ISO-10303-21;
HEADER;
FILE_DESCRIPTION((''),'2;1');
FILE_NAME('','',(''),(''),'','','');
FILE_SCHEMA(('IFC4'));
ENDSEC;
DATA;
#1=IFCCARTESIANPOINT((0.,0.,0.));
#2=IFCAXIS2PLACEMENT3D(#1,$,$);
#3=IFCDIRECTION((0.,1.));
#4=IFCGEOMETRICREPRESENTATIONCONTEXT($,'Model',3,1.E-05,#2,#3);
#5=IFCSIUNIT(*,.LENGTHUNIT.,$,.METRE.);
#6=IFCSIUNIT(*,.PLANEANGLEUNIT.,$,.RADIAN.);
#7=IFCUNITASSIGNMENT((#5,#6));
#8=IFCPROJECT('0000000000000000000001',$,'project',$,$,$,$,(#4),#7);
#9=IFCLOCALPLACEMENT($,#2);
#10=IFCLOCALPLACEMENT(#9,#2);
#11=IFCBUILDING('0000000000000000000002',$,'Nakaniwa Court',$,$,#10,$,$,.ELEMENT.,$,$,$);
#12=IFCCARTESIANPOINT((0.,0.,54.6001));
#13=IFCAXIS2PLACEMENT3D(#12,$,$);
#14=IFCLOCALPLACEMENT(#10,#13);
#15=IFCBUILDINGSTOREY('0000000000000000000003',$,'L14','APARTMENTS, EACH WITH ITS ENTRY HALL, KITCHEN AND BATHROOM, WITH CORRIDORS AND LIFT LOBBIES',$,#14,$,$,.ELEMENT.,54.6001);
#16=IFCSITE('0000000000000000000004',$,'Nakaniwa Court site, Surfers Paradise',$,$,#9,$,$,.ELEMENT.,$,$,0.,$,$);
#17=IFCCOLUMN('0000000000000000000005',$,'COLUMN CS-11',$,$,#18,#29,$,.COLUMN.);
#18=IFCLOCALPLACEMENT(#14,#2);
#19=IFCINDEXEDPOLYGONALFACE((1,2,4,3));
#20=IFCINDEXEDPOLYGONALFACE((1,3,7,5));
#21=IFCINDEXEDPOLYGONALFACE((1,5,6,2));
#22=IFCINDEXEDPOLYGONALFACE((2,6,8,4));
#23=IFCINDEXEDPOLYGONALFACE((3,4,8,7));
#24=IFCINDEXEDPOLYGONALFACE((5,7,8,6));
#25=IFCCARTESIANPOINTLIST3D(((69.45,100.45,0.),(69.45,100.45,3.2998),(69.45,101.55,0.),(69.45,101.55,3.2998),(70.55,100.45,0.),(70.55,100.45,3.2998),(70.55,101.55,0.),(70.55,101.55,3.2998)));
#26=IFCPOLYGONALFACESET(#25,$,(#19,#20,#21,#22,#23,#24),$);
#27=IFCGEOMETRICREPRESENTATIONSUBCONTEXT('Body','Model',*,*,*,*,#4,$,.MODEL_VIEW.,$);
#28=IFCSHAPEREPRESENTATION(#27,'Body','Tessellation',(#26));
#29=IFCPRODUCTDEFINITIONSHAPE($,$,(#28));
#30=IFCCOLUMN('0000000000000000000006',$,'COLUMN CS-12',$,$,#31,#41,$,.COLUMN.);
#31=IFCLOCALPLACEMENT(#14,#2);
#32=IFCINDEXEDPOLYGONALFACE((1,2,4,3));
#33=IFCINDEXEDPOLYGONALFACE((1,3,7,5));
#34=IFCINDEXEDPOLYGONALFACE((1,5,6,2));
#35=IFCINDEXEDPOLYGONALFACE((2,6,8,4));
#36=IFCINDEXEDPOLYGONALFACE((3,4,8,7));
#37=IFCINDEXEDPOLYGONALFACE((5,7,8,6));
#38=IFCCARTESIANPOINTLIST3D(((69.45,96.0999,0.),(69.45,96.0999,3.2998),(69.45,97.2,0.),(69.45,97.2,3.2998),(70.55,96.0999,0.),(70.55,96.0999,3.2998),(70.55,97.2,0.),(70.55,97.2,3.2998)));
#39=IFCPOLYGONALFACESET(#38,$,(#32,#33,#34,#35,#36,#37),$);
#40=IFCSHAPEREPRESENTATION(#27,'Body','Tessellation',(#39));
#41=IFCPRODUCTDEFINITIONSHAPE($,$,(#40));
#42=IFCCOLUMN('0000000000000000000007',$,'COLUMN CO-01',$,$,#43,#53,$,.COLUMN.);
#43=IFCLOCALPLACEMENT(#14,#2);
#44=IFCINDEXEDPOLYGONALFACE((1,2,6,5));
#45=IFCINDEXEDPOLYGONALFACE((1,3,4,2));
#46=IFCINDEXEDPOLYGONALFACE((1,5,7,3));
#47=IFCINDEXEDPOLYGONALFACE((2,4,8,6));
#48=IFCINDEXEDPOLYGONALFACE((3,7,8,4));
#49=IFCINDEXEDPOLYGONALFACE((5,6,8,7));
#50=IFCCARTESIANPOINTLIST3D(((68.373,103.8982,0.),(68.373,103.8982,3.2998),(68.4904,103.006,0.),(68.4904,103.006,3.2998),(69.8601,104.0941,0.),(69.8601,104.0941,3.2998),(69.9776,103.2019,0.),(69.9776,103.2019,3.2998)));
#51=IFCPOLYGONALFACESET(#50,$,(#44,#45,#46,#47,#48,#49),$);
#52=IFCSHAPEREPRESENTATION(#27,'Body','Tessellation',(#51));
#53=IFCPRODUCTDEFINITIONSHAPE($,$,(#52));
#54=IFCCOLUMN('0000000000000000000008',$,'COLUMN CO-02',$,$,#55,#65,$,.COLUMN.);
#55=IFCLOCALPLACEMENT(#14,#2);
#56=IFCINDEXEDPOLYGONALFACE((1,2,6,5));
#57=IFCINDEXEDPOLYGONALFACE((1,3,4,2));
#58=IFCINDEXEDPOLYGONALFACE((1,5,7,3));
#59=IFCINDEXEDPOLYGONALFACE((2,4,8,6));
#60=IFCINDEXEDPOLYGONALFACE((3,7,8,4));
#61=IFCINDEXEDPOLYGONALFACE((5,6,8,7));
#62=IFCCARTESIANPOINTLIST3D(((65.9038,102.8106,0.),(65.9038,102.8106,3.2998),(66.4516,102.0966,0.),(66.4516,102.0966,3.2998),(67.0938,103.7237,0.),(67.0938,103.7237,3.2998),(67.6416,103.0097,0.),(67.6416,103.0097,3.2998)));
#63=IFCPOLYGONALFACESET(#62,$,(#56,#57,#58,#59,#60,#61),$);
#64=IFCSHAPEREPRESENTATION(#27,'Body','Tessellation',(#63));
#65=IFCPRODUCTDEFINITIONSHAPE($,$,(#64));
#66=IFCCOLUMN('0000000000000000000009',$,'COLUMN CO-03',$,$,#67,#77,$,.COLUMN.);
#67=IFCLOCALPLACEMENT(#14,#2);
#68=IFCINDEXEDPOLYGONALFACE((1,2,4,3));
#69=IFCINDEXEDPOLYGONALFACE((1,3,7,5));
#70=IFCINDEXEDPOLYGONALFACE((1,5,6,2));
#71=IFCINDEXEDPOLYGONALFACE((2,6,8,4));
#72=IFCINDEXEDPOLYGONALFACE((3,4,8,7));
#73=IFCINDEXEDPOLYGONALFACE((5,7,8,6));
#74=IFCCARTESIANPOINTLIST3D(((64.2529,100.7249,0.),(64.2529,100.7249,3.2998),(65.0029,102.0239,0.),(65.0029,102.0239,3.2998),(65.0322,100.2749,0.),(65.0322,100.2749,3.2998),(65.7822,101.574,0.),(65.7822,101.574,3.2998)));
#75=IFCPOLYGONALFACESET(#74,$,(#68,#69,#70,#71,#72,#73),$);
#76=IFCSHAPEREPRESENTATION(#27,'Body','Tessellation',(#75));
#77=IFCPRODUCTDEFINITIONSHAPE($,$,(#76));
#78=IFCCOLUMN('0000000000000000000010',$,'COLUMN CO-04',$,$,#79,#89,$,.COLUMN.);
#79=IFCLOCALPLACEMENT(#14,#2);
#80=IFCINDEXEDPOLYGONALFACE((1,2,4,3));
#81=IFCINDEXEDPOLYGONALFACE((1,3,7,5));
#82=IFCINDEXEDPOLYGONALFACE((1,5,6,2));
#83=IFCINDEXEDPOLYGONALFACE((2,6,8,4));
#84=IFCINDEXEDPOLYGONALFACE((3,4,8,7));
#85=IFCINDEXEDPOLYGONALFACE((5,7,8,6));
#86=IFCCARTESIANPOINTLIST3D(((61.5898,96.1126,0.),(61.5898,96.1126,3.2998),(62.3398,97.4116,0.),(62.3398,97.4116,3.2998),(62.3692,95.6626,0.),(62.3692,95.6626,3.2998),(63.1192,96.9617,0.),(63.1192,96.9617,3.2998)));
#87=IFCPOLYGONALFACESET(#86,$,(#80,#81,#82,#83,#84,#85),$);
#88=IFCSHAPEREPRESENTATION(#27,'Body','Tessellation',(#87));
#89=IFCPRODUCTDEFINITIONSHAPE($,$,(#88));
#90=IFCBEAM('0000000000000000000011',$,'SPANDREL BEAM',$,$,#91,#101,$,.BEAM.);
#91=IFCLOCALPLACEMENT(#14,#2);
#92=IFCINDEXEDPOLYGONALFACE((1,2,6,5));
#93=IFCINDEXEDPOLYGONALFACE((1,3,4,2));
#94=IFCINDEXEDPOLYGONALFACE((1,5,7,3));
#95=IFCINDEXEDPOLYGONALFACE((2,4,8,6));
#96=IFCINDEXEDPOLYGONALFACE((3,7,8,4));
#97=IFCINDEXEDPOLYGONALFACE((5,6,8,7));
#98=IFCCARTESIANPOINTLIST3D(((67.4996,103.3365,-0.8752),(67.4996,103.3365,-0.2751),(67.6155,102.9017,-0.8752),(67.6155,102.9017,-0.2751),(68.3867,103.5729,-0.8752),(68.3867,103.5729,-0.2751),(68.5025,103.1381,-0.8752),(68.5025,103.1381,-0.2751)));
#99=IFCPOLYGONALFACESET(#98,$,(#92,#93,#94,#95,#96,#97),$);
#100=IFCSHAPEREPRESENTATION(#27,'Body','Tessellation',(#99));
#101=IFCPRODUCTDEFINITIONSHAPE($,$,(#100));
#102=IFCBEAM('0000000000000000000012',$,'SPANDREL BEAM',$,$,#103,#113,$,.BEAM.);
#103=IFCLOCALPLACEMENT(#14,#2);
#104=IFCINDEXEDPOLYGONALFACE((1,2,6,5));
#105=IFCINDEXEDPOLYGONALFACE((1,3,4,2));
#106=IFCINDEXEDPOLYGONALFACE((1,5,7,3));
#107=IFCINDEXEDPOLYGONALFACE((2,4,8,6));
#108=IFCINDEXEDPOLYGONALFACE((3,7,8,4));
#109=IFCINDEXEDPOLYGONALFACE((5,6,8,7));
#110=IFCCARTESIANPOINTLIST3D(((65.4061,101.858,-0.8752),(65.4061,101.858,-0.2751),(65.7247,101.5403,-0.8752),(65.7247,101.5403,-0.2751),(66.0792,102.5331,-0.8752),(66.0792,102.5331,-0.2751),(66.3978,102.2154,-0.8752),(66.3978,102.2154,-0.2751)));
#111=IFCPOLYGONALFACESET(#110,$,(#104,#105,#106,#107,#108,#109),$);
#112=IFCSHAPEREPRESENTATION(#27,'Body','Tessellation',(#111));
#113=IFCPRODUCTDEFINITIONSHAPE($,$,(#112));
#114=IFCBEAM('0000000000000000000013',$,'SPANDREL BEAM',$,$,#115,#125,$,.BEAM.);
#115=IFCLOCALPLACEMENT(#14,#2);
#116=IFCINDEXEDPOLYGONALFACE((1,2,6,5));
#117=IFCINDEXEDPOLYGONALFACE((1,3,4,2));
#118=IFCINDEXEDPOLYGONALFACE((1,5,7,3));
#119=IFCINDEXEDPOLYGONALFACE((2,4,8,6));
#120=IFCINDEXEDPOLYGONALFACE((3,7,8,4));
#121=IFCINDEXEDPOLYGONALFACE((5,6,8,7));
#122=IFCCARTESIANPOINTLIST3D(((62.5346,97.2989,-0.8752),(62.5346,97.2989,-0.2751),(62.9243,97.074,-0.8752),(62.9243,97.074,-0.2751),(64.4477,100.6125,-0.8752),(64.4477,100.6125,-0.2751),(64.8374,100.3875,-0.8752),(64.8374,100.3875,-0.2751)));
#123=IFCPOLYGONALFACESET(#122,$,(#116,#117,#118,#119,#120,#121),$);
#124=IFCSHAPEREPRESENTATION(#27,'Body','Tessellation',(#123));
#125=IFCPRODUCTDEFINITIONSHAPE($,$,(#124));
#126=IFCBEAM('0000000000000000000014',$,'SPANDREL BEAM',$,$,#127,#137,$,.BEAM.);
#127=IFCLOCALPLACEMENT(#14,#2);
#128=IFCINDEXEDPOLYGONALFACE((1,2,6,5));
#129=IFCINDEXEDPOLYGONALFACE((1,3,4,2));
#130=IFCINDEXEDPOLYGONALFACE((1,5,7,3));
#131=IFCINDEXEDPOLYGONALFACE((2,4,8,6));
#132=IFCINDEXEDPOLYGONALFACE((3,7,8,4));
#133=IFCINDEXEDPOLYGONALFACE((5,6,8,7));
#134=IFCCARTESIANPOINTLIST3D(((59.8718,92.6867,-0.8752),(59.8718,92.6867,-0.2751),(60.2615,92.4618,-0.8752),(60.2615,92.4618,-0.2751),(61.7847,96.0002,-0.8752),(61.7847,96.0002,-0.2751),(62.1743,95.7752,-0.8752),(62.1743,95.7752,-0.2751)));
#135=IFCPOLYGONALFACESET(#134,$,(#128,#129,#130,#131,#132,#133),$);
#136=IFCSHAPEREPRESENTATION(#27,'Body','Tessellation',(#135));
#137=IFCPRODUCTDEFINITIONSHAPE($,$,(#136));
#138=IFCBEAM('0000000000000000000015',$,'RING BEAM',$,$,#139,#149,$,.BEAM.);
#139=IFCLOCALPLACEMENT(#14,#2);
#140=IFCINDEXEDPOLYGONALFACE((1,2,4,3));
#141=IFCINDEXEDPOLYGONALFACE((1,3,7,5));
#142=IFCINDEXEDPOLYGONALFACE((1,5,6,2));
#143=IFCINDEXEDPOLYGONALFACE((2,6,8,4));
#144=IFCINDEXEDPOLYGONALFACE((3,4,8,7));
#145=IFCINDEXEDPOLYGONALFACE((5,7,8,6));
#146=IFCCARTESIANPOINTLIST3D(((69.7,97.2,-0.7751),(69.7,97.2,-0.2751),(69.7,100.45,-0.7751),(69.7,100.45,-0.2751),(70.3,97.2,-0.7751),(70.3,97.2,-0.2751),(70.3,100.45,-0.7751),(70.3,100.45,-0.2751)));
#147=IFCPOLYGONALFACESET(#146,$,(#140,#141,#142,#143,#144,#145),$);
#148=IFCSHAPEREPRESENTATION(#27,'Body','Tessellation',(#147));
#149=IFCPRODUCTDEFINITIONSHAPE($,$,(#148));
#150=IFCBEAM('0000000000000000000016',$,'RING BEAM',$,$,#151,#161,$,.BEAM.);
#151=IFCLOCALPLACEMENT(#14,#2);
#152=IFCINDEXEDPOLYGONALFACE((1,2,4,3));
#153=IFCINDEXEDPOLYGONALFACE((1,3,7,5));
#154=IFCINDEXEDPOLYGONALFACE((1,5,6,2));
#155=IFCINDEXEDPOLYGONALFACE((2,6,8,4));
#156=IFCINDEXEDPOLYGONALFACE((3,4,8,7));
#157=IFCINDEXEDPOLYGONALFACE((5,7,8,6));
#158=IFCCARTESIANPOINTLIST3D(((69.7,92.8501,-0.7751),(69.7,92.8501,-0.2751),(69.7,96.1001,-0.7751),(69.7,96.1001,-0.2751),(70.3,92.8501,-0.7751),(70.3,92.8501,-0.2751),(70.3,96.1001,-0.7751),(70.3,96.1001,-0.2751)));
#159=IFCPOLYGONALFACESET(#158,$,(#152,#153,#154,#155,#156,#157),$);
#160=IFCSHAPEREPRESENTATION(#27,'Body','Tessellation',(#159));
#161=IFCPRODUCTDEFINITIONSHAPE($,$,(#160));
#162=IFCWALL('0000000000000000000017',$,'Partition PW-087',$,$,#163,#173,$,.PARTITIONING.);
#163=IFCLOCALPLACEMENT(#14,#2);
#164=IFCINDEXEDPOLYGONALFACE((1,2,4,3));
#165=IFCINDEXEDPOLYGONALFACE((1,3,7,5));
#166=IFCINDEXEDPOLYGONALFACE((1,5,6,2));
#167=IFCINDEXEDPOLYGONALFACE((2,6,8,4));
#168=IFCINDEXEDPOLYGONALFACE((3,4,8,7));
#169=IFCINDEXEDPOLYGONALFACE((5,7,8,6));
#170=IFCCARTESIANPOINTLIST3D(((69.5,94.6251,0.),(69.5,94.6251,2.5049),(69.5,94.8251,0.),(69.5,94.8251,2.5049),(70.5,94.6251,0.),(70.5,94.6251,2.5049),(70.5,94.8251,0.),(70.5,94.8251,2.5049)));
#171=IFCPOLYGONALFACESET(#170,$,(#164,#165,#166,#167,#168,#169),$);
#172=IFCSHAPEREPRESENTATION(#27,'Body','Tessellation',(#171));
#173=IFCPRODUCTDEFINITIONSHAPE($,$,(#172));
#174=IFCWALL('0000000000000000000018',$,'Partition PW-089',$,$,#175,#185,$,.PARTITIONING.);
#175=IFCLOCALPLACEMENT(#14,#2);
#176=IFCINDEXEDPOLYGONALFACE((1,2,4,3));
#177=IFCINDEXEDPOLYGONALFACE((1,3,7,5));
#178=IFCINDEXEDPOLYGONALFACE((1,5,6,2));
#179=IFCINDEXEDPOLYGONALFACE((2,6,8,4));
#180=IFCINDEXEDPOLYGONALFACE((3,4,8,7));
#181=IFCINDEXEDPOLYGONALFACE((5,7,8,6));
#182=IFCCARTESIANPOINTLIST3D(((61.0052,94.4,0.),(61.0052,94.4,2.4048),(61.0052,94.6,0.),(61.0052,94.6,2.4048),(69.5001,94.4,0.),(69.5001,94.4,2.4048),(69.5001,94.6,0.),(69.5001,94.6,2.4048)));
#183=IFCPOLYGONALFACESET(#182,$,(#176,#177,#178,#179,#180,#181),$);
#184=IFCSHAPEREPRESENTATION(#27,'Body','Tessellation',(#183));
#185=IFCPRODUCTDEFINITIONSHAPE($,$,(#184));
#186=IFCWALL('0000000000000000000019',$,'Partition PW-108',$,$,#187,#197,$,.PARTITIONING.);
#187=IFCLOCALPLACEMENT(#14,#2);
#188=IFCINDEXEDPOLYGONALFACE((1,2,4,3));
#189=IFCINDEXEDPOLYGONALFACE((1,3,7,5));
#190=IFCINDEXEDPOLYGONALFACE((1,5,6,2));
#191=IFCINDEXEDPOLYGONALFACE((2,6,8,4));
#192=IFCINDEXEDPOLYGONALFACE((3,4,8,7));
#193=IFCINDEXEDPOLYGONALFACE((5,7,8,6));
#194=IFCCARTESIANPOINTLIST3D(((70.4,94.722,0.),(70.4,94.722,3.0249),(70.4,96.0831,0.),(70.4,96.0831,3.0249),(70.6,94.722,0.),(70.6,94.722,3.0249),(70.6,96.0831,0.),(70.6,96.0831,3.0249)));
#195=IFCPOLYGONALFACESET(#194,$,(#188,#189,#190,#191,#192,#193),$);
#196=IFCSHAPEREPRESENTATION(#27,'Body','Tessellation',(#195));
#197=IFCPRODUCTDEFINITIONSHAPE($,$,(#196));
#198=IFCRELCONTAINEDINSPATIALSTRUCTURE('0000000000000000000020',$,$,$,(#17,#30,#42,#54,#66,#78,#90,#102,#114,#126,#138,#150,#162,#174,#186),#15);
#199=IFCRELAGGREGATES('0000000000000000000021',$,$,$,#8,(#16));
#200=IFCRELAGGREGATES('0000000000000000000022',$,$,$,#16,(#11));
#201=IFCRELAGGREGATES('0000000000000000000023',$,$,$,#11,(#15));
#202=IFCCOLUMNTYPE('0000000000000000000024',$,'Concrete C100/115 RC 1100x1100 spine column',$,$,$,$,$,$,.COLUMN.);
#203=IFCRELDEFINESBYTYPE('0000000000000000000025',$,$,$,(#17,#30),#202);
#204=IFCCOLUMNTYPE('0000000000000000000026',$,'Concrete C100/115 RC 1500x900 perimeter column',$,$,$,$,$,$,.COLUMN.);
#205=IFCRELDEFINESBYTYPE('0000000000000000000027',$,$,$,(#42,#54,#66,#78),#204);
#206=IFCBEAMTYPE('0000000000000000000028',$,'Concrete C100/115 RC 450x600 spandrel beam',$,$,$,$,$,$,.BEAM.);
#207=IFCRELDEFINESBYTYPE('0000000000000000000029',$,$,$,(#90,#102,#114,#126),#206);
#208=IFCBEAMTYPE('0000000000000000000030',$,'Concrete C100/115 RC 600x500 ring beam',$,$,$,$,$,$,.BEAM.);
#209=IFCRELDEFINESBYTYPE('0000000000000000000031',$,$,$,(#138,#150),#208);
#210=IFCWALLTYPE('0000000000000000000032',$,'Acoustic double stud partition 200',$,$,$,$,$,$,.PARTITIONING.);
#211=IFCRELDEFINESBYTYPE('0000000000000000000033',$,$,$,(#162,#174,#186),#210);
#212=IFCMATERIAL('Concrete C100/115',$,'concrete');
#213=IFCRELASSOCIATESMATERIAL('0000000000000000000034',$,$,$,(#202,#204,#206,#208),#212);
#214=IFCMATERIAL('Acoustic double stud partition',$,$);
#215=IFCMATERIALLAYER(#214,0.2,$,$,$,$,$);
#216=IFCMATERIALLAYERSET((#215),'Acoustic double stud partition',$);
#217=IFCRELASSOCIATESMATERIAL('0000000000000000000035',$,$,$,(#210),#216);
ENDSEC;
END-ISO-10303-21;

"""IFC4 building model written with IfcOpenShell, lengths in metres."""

from ifc_helpers import new_model, si_unit, direction, frame, frame_2d, origin, origin_2d, place, context, subcontext, project, spatial, rectangle, extrude, material, layer, layer_set, material_profile, profile_set, type_object, element, save


model = new_model("IFC4")

# Units and contexts
model_context = context("Model", 3, precision=1e-05, world=origin(), true_north=direction((0.0, 1.0)))
body_context = subcontext(model_context, "Body", "Model", "MODEL_VIEW")
ifc_project = project(units=[si_unit("LENGTHUNIT", "METRE"), si_unit("PLANEANGLEUNIT", "RADIAN")], contexts=[model_context])

# Site, building, storey
site_placement = place(None, origin())
site = spatial("IfcSite", under=ifc_project, at=site_placement, Name="Nakaniwa Court site, Surfers Paradise", CompositionType="ELEMENT", RefElevation=0.0)
building_placement = place(site_placement, origin())
building = spatial("IfcBuilding", under=site, at=building_placement, Name="Nakaniwa Court", CompositionType="ELEMENT")
storey_placement = place(building_placement, frame((0.0, 0.0, 54.6001)))
storey = spatial("IfcBuildingStorey", under=building, at=storey_placement, Name="L14", Description="APARTMENTS, EACH WITH ITS ENTRY HALL, KITCHEN AND BATHROOM, WITH CORRIDORS AND LIFT LOBBIES", CompositionType="ELEMENT", Elevation=54.6001)

# Columns
ifc_material_1 = material(Name="Concrete C100/115", Category="concrete")
ifc_material_profile_1 = material_profile(ifc_material_1, rectangle(XDim=1.1001, YDim=1.1001, at=origin_2d()), Name="Concrete C100/115 RC 1100x1100 spine column")
ifc_profile_set_1 = profile_set([ifc_material_profile_1], Name="Concrete C100/115")
column_type_1 = type_object("IfcColumnType", Name="Concrete C100/115 RC 1100x1100 spine column", PredefinedType="COLUMN", material=ifc_profile_set_1)
for number, where, z_axis, x_axis, name in (
    (1, (70.0, 101.0, 0.0), (0.0, 0.0, 1.0), (0.0, -1.0, 0.0), "COLUMN CS-11"),
    (2, (70.0, 96.6499, 0.0), (0.0, 0.0, 1.0), (0.0, -1.0, 0.0), "COLUMN CS-12"),
):
    element("IfcColumn", number, at=place(storey_placement, frame(where, z_axis=z_axis, x_axis=x_axis)), inside=storey, type_object=column_type_1, Name=name, PredefinedType="COLUMN", context=body_context, shape_type="SweptSolid", body=[
        extrude(rectangle(XDim=1.1001, YDim=1.1001, at=origin_2d()), origin(), (0.0, 0.0, 1.0), 3.2998),
    ])
ifc_material_profile_2 = material_profile(ifc_material_1, rectangle(XDim=1.5, YDim=0.8999, at=origin_2d()), Name="Concrete C100/115 RC 1500x900 perimeter column")
ifc_profile_set_2 = profile_set([ifc_material_profile_2], Name="Concrete C100/115")
column_type_2 = type_object("IfcColumnType", Name="Concrete C100/115 RC 1500x900 perimeter column", PredefinedType="COLUMN", material=ifc_profile_set_2)
for number, where, z_axis, x_axis, name in (
    (3, (69.1753, 103.55, 0.0), (0.0, 0.0, 1.0), (-0.991443, -0.130543, 0.0), "COLUMN CO-01"),
    (4, (66.7727, 102.9102, 0.0), (0.0, 0.0, 1.0), (-0.793364, -0.608748, 0.0), "COLUMN CO-02"),
    (5, (65.0176, 101.1494, 0.0), (0.0, 0.0, 1.0), (-0.5, -0.866025, 0.0), "COLUMN CO-03"),
    (6, (62.3545, 96.5371, 0.0), (0.0, 0.0, 1.0), (-0.5, -0.866025, 0.0), "COLUMN CO-04"),
):
    element("IfcColumn", number, at=place(storey_placement, frame(where, z_axis=z_axis, x_axis=x_axis)), inside=storey, type_object=column_type_2, Name=name, PredefinedType="COLUMN", context=body_context, shape_type="SweptSolid", body=[
        extrude(rectangle(XDim=1.5, YDim=0.8999, at=origin_2d()), origin(), (0.0, 0.0, 1.0), 3.2998),
    ])

# Beams
ifc_material_profile_3 = material_profile(ifc_material_1, rectangle(XDim=0.45, YDim=0.6001, at=origin_2d()), Name="Concrete C100/115 RC 450x600 spandrel beam")
ifc_profile_set_3 = profile_set([ifc_material_profile_3], Name="Concrete C100/115")
beam_type_1 = type_object("IfcBeamType", Name="Concrete C100/115 RC 450x600 spandrel beam", PredefinedType="BEAM", material=ifc_profile_set_3)
beam_1_placement = place(storey_placement, frame((68.4446, 103.3555, -0.5752), z_axis=(-0.966288, -0.257464, 0.0), x_axis=(0.257464, -0.966288, 0.0)))
element("IfcBeam", 7, at=beam_1_placement, inside=storey, type_object=beam_type_1, Name="SPANDREL BEAM", PredefinedType="BEAM", context=body_context, shape_type="SweptSolid", body=[
    extrude(rectangle(XDim=0.45, YDim=0.6001, at=origin_2d()), origin(), (0.0, 0.0, 1.0), 0.918),
])
beam_2_placement = place(storey_placement, frame((66.2385, 102.3743, -0.5752), z_axis=(-0.706082, -0.70813, 0.0), x_axis=(0.70813, -0.706082, 0.0)))
element("IfcBeam", 8, at=beam_2_placement, inside=storey, type_object=beam_type_1, Name="SPANDREL BEAM", PredefinedType="BEAM", context=body_context, shape_type="SweptSolid", body=[
    extrude(rectangle(XDim=0.45, YDim=0.6001, at=origin_2d()), origin(), (0.0, 0.0, 1.0), 0.9534),
])
beam_3_placement = place(storey_placement, frame((64.6426, 100.5, -0.5752), z_axis=(-0.50001, -0.86602, 0.0), x_axis=(0.86602, -0.50001, 0.0)))
element("IfcBeam", 9, at=beam_3_placement, inside=storey, type_object=beam_type_1, Name="SPANDREL BEAM", PredefinedType="BEAM", context=body_context, shape_type="SweptSolid", body=[
    extrude(rectangle(XDim=0.45, YDim=0.6001, at=origin_2d()), origin(), (0.0, 0.0, 1.0), 3.8262),
])
beam_4_placement = place(storey_placement, frame((61.9795, 95.8877, -0.5752), z_axis=(-0.499962, -0.866047, 0.0), x_axis=(0.866047, -0.499962, 0.0)))
element("IfcBeam", 10, at=beam_4_placement, inside=storey, type_object=beam_type_1, Name="SPANDREL BEAM", PredefinedType="BEAM", context=body_context, shape_type="SweptSolid", body=[
    extrude(rectangle(XDim=0.45, YDim=0.6001, at=origin_2d()), origin(), (0.0, 0.0, 1.0), 3.8259),
])
ifc_material_profile_4 = material_profile(ifc_material_1, rectangle(XDim=0.6001, YDim=0.5, at=origin_2d()), Name="Concrete C100/115 RC 600x500 ring beam")
ifc_profile_set_4 = profile_set([ifc_material_profile_4], Name="Concrete C100/115")
beam_type_2 = type_object("IfcBeamType", Name="Concrete C100/115 RC 600x500 ring beam", PredefinedType="BEAM", material=ifc_profile_set_4)
for number, where, z_axis, x_axis, name in (
    (11, (70.0, 100.45, -0.5251), (0.0, -1.0, 0.0), (1.0, 0.0, 0.0), "RING BEAM"),
    (12, (70.0, 96.1001, -0.5251), (0.0, -1.0, 0.0), (1.0, 0.0, 0.0), "RING BEAM"),
):
    element("IfcBeam", number, at=place(storey_placement, frame(where, z_axis=z_axis, x_axis=x_axis)), inside=storey, type_object=beam_type_2, Name=name, PredefinedType="BEAM", context=body_context, shape_type="SweptSolid", body=[
        extrude(rectangle(XDim=0.6001, YDim=0.5, at=origin_2d()), origin(), (0.0, 0.0, 1.0), 3.25),
    ])

# Walls
ifc_material_2 = material(Name="Acoustic double stud partition")
ifc_layer_1 = layer(ifc_material_2, 0.2)
ifc_layer_set_1 = layer_set([ifc_layer_1], Name="Acoustic double stud partition")
wall_type_1 = type_object("IfcWallType", Name="Acoustic double stud partition 200", PredefinedType="PARTITIONING", material=ifc_layer_set_1)
wall_1_placement = place(storey_placement, frame((69.5, 94.7251, 0.0), z_axis=(0.0, 0.0, 1.0), x_axis=(1.0, 0.0, 0.0)))
element("IfcWall", 13, at=wall_1_placement, inside=storey, type_object=wall_type_1, Name="Partition PW-087", PredefinedType="PARTITIONING", context=body_context, shape_type="SweptSolid", body=[
    extrude(rectangle(XDim=1.0, YDim=0.2, at=frame_2d((0.5, 0.0))), origin(), (0.0, 0.0, 1.0), 2.5049),
])
wall_2_placement = place(storey_placement, frame((61.0051, 94.5, 0.0), z_axis=(0.0, 0.0, 1.0), x_axis=(1.0, 0.0, 0.0)))
element("IfcWall", 14, at=wall_2_placement, inside=storey, type_object=wall_type_1, Name="Partition PW-089", PredefinedType="PARTITIONING", context=body_context, shape_type="SweptSolid", body=[
    extrude(rectangle(XDim=8.4949, YDim=0.2, at=frame_2d((4.2476, 0.0))), origin(), (0.0, 0.0, 1.0), 2.4048),
])
wall_3_placement = place(storey_placement, frame((70.5, 94.7219, 0.0), z_axis=(0.0, 0.0, 1.0), x_axis=(0.0, 1.0, 0.0)))
element("IfcWall", 15, at=wall_3_placement, inside=storey, type_object=wall_type_1, Name="Partition PW-108", PredefinedType="PARTITIONING", context=body_context, shape_type="SweptSolid", body=[
    extrude(rectangle(XDim=1.3611, YDim=0.2, at=frame_2d((0.6807, 0.0))), origin(), (0.0, 0.0, 1.0), 3.0249),
])

save(model, "model.ifc")
